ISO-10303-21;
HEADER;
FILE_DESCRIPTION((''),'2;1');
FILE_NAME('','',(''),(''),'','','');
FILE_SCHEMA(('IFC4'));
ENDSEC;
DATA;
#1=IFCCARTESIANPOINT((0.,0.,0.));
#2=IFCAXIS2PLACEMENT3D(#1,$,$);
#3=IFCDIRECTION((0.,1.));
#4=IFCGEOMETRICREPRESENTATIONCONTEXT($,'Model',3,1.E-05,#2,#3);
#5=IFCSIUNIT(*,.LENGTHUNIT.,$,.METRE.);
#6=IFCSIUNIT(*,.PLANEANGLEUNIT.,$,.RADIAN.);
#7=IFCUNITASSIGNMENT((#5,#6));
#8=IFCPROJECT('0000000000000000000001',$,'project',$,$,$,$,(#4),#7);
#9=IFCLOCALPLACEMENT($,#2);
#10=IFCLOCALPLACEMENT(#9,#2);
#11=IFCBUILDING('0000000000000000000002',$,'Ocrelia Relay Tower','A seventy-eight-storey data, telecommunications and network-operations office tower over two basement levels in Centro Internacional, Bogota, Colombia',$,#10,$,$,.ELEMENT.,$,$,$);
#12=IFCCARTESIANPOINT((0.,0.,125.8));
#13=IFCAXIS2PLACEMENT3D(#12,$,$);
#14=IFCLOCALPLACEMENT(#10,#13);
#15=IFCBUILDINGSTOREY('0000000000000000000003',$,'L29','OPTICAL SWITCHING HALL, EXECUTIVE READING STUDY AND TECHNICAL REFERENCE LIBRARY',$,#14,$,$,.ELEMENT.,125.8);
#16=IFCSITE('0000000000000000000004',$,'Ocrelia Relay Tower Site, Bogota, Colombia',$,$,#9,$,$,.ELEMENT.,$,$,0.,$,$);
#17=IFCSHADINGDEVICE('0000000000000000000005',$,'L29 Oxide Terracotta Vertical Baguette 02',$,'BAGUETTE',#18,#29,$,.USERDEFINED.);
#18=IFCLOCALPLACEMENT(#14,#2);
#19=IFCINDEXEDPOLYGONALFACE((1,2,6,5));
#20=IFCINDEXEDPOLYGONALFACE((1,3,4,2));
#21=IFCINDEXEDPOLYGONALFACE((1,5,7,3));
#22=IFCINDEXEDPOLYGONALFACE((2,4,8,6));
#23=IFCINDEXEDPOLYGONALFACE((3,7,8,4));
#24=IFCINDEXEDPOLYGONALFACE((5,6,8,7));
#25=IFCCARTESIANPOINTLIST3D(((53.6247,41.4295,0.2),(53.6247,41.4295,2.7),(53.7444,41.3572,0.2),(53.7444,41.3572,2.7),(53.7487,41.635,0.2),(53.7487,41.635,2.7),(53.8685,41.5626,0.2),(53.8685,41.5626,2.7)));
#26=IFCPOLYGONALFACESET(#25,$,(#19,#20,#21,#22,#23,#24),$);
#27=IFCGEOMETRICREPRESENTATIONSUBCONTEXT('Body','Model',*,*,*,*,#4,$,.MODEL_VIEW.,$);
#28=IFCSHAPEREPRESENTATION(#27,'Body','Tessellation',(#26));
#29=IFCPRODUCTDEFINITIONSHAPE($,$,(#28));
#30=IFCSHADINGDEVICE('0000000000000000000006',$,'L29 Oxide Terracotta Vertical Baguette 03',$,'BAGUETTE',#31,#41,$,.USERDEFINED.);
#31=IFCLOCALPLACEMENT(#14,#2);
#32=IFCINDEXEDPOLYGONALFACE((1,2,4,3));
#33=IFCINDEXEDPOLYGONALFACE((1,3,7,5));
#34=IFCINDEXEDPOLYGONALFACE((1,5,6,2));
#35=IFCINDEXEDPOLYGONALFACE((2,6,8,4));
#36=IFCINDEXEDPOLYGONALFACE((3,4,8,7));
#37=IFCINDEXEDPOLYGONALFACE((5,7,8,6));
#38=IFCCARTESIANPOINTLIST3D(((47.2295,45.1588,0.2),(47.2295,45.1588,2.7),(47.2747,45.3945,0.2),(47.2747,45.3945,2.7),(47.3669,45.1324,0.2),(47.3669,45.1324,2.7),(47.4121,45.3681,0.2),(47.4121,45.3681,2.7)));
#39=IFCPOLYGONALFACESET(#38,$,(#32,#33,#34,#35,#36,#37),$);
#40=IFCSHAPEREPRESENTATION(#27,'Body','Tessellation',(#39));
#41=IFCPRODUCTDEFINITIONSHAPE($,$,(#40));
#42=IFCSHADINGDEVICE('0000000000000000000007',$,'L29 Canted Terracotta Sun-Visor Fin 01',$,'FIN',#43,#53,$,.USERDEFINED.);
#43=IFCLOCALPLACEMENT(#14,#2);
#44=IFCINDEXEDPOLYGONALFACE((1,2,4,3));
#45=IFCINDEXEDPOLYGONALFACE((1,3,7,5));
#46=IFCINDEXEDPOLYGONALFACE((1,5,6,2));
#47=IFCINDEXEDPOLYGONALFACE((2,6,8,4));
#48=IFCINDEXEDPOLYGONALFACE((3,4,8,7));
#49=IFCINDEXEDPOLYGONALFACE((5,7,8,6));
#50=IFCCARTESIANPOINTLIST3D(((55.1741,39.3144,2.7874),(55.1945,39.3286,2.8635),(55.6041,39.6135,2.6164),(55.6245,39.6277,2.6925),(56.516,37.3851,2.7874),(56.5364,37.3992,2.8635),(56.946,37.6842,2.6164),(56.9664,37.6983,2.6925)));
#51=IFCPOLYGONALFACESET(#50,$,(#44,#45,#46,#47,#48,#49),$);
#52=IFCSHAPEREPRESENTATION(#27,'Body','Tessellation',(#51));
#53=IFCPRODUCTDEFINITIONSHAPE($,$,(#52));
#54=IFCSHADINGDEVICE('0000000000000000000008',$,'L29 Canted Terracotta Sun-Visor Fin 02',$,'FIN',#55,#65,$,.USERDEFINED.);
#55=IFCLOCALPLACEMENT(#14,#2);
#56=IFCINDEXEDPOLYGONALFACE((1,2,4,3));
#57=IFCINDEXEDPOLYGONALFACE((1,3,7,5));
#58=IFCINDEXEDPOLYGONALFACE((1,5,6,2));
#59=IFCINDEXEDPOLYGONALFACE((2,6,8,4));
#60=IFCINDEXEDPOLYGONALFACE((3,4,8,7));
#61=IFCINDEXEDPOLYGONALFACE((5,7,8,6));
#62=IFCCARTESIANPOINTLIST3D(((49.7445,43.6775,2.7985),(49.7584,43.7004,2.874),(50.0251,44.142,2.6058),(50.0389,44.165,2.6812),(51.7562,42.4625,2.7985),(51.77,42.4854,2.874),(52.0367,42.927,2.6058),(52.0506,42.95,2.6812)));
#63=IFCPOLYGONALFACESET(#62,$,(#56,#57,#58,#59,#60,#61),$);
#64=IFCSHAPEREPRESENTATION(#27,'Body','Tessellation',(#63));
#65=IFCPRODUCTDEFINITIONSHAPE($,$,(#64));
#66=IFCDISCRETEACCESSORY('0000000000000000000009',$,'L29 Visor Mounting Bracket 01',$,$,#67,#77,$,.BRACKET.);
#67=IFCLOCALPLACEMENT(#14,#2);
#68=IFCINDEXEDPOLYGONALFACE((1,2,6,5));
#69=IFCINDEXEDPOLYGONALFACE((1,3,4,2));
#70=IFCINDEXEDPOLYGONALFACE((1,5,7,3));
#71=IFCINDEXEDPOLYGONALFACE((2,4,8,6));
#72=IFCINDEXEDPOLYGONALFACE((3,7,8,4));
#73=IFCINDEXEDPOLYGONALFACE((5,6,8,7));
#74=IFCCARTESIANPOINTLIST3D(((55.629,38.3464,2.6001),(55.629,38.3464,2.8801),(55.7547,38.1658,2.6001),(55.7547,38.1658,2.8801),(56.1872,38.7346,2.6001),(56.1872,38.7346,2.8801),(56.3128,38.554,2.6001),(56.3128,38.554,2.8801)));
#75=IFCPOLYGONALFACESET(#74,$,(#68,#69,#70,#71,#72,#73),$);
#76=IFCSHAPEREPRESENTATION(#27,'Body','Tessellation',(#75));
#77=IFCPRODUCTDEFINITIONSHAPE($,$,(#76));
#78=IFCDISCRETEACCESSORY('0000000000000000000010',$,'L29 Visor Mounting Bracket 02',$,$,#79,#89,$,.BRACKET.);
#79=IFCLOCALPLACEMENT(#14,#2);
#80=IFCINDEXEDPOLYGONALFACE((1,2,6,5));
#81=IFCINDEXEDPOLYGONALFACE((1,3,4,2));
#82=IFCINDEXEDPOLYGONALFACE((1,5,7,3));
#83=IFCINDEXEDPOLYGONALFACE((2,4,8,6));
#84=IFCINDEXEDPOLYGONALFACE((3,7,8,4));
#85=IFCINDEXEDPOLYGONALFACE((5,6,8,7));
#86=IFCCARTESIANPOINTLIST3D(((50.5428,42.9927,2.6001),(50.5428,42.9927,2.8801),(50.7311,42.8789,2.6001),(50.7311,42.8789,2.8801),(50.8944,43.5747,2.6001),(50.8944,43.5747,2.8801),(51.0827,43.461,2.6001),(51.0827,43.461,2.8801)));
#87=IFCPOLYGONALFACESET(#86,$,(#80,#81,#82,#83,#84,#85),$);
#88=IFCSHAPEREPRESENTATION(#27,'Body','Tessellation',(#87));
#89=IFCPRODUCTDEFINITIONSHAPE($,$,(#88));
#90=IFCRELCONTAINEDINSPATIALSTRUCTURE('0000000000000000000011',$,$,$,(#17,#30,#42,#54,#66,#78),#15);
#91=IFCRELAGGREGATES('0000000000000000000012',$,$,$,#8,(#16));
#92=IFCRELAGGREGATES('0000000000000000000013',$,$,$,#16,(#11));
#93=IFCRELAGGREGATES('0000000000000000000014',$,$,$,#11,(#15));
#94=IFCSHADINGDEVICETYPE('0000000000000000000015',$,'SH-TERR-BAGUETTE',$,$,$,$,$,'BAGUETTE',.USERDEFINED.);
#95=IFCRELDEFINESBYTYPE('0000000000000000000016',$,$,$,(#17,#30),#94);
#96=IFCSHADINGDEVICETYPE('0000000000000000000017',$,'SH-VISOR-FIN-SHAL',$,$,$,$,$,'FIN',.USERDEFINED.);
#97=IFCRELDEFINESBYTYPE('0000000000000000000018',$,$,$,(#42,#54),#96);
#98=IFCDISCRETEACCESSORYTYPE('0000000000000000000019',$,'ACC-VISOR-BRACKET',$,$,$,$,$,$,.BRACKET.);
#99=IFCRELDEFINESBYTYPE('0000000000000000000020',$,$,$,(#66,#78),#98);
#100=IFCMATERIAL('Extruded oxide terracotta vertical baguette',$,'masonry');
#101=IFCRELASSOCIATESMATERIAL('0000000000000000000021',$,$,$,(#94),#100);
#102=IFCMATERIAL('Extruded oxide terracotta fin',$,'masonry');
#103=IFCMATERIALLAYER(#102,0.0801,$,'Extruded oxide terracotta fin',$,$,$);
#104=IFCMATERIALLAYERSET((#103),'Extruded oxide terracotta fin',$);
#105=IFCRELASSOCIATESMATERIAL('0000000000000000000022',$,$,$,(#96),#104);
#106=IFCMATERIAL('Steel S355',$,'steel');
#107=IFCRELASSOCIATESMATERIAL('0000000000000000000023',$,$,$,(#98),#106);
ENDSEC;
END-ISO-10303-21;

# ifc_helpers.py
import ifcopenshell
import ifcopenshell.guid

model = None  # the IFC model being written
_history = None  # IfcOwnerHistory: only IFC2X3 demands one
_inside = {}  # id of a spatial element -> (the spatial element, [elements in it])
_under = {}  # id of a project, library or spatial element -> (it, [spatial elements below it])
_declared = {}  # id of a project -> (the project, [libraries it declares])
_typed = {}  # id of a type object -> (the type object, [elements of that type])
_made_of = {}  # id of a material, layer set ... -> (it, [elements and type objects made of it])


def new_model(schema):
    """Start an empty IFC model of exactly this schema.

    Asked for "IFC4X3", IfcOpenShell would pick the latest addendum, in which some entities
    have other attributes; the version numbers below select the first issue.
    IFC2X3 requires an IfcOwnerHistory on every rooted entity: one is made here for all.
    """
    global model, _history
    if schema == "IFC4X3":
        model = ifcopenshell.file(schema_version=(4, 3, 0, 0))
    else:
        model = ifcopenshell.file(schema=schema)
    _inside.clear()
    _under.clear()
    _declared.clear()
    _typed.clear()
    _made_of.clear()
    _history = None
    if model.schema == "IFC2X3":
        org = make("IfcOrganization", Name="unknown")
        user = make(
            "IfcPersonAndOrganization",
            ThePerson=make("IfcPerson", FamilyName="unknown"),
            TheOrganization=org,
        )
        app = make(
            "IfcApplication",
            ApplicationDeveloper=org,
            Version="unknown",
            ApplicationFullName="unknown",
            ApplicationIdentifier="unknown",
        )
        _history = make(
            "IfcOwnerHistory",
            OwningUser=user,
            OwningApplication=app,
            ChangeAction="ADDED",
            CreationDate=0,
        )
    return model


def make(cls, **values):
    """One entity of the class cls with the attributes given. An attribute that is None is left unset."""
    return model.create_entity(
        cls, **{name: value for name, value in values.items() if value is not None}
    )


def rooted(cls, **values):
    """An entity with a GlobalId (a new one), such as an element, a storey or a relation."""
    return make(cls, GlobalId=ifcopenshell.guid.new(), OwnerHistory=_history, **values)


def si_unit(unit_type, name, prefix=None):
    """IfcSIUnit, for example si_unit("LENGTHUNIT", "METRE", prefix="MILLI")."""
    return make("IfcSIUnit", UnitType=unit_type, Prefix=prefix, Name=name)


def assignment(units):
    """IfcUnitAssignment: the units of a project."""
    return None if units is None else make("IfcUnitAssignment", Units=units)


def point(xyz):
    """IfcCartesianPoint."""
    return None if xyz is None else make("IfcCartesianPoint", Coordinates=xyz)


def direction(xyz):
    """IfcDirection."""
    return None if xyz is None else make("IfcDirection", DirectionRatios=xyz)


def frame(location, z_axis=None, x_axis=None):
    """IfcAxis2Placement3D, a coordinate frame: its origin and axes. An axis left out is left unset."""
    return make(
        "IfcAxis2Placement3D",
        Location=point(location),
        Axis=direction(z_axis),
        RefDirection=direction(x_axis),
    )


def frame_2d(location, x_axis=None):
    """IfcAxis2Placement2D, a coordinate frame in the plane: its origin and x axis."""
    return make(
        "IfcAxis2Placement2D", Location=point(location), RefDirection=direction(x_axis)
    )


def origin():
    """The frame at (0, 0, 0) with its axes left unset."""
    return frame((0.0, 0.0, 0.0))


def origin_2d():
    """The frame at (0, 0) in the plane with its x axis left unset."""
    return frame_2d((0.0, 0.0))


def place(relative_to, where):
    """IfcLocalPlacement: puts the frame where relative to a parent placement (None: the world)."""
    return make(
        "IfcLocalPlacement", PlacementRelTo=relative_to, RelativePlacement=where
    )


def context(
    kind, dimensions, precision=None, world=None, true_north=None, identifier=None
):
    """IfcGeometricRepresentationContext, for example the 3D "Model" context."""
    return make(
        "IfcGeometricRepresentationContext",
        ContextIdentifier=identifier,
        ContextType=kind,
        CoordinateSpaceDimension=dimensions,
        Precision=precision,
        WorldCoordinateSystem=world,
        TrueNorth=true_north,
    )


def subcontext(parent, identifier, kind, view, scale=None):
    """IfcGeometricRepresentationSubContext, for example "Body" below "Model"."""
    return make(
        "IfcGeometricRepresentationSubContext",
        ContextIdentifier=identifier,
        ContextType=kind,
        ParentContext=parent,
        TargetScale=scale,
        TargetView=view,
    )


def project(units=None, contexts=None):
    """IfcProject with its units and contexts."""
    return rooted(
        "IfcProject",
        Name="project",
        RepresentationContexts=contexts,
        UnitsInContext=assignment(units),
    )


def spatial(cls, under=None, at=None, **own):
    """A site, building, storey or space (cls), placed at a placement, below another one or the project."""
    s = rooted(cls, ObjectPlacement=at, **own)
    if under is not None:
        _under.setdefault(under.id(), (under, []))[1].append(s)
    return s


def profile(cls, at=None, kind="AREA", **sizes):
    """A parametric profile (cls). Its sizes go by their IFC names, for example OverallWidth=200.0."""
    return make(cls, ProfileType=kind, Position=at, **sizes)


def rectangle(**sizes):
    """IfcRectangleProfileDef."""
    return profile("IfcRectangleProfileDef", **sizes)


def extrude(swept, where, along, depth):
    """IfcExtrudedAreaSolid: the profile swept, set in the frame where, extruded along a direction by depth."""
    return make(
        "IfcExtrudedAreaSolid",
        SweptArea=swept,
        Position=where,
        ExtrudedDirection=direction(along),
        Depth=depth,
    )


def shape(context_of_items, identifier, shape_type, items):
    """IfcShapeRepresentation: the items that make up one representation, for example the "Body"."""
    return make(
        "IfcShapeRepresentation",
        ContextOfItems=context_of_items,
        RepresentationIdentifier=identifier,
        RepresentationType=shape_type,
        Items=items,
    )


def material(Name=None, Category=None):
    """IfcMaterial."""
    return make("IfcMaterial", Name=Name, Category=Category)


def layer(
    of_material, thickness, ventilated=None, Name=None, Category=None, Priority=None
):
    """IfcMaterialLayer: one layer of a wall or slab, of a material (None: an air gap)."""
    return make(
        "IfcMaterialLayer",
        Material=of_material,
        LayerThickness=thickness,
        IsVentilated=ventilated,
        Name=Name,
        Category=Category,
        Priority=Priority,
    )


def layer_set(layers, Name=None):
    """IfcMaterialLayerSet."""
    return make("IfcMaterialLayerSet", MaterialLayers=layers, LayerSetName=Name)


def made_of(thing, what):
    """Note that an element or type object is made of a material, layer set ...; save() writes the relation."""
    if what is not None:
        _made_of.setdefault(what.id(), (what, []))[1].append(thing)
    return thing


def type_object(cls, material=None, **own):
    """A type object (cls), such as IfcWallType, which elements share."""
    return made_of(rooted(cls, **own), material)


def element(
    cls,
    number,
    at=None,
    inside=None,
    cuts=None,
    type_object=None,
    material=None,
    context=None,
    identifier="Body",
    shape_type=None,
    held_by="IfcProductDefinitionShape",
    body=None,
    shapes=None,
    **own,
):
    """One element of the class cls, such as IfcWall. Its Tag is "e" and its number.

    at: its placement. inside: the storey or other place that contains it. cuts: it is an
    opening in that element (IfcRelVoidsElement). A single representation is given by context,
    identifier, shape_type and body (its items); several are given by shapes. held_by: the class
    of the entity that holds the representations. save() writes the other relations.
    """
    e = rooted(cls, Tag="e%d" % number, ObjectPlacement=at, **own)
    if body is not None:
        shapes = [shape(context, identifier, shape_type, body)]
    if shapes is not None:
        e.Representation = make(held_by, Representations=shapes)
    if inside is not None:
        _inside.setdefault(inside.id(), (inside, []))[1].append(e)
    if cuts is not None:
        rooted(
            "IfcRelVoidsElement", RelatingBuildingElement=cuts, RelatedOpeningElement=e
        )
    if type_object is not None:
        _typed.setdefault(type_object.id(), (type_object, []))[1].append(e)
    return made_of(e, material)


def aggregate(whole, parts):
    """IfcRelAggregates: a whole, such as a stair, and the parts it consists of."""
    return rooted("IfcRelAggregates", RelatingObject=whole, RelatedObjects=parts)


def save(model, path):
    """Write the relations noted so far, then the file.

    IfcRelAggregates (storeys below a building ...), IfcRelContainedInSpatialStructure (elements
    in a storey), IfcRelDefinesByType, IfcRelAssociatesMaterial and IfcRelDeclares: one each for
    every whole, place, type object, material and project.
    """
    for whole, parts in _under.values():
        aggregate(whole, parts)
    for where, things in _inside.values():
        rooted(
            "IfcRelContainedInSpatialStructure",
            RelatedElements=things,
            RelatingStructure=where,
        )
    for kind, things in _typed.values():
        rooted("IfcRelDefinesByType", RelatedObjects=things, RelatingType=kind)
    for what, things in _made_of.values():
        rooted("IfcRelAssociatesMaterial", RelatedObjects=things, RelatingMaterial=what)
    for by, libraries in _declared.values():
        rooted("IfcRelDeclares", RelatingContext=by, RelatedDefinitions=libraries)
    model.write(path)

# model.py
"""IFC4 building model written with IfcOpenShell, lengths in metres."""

from ifc_helpers import new_model, si_unit, direction, frame, origin, origin_2d, place, context, subcontext, project, spatial, rectangle, extrude, material, layer, layer_set, type_object, element, save


model = new_model("IFC4")

# Units and contexts
model_context = context("Model", 3, precision=1e-05, world=origin(), true_north=direction((0.0, 1.0)))
body_context = subcontext(model_context, "Body", "Model", "MODEL_VIEW")
ifc_project = project(units=[si_unit("LENGTHUNIT", "METRE"), si_unit("PLANEANGLEUNIT", "RADIAN")], contexts=[model_context])

# Site, building, storey
site_placement = place(None, origin())
site = spatial("IfcSite", under=ifc_project, at=site_placement, Name="Ocrelia Relay Tower Site, Bogota, Colombia", CompositionType="ELEMENT", RefElevation=0.0)
building_placement = place(site_placement, origin())
building = spatial("IfcBuilding", under=site, at=building_placement, Name="Ocrelia Relay Tower", Description="A seventy-eight-storey data, telecommunications and network-operations office tower over two basement levels in Centro Internacional, Bogota, Colombia", CompositionType="ELEMENT")
storey_placement = place(building_placement, frame((0.0, 0.0, 125.8)))
storey = spatial("IfcBuildingStorey", under=building, at=storey_placement, Name="L29", Description="OPTICAL SWITCHING HALL, EXECUTIVE READING STUDY AND TECHNICAL REFERENCE LIBRARY", CompositionType="ELEMENT", Elevation=125.8)

# Shared definitions
ifc_material_1 = material(Name="Steel S355", Category="steel")

# Shading devices
ifc_material_2 = material(Name="Extruded oxide terracotta vertical baguette", Category="masonry")
shading_device_type_1 = type_object("IfcShadingDeviceType", Name="SH-TERR-BAGUETTE", ElementType="BAGUETTE", PredefinedType="USERDEFINED", material=ifc_material_2)
for number, where, z_axis, x_axis, name in (
    (1, (53.7466, 41.4961, 0.2), (0.0, 0.0, 1.0), (-0.855989, 0.516993, 0.0), "L29 Oxide Terracotta Vertical Baguette 02"),
    (2, (47.3208, 45.2634, 0.2), (0.0, 0.0, 1.0), (-0.982064, 0.188546, 0.0), "L29 Oxide Terracotta Vertical Baguette 03"),
):
    element("IfcShadingDevice", number, at=place(storey_placement, frame(where, z_axis=z_axis, x_axis=x_axis)), inside=storey, type_object=shading_device_type_1, Name=name, ObjectType="BAGUETTE", PredefinedType="USERDEFINED", context=body_context, shape_type="SweptSolid", body=[
        extrude(rectangle(XDim=0.1399, YDim=0.24, at=origin_2d()), origin(), (0.0, 0.0, 1.0), 2.5),
    ])
ifc_material_3 = material(Name="Extruded oxide terracotta fin", Category="masonry")
ifc_layer_1 = layer(ifc_material_3, 0.0801, Name="Extruded oxide terracotta fin")
ifc_layer_set_1 = layer_set([ifc_layer_1], Name="Extruded oxide terracotta fin")
shading_device_type_2 = type_object("IfcShadingDeviceType", Name="SH-VISOR-FIN-SHAL", ElementType="FIN", PredefinedType="USERDEFINED", material=ifc_layer_set_1)
shading_device_1_placement = place(storey_placement, frame((56.0601, 38.4993, 2.7019), z_axis=(0.254779, 0.177205, 0.950624), x_axis=(-0.570993, 0.820955, 0.0)))
element("IfcShadingDevice", 3, at=shading_device_1_placement, inside=storey, type_object=shading_device_type_2, Name="L29 Canted Terracotta Sun-Visor Fin 01", ObjectType="FIN", PredefinedType="USERDEFINED", context=body_context, shape_type="SweptSolid", body=[
    extrude(rectangle(XDim=2.3501, YDim=0.551, at=origin_2d()), origin(), (0.0, 0.0, 1.0), 0.0801),
])
shading_device_2_placement = place(storey_placement, frame((50.8906, 43.3022, 2.7021), z_axis=(0.173001, 0.286439, 0.94235), x_axis=(-0.855989, 0.516993, 0.0)))
element("IfcShadingDevice", 4, at=shading_device_2_placement, inside=storey, type_object=shading_device_type_2, Name="L29 Canted Terracotta Sun-Visor Fin 02", ObjectType="FIN", PredefinedType="USERDEFINED", context=body_context, shape_type="SweptSolid", body=[
    extrude(rectangle(XDim=2.3501, YDim=0.5759, at=origin_2d()), origin(), (0.0, 0.0, 1.0), 0.0801),
])

# Discrete accessories
discrete_accessory_type = type_object("IfcDiscreteAccessoryType", Name="ACC-VISOR-BRACKET", PredefinedType="BRACKET", material=ifc_material_1)
for number, where, z_axis, x_axis, name in (
    (5, (55.9709, 38.4502, 2.6001), (0.0, 0.0, 1.0), (-0.570993, 0.820955, 0.0), "L29 Visor Mounting Bracket 01"),
    (6, (50.8127, 43.2268, 2.6001), (0.0, 0.0, 1.0), (-0.855989, 0.516993, 0.0), "L29 Visor Mounting Bracket 02"),
):
    element("IfcDiscreteAccessory", number, at=place(storey_placement, frame(where, z_axis=z_axis, x_axis=x_axis)), inside=storey, type_object=discrete_accessory_type, Name=name, PredefinedType="BRACKET", context=body_context, shape_type="SweptSolid", body=[
        extrude(rectangle(XDim=0.22, YDim=0.6799, at=origin_2d()), origin(), (0.0, 0.0, 1.0), 0.28),
    ])

save(model, "model.ifc")
